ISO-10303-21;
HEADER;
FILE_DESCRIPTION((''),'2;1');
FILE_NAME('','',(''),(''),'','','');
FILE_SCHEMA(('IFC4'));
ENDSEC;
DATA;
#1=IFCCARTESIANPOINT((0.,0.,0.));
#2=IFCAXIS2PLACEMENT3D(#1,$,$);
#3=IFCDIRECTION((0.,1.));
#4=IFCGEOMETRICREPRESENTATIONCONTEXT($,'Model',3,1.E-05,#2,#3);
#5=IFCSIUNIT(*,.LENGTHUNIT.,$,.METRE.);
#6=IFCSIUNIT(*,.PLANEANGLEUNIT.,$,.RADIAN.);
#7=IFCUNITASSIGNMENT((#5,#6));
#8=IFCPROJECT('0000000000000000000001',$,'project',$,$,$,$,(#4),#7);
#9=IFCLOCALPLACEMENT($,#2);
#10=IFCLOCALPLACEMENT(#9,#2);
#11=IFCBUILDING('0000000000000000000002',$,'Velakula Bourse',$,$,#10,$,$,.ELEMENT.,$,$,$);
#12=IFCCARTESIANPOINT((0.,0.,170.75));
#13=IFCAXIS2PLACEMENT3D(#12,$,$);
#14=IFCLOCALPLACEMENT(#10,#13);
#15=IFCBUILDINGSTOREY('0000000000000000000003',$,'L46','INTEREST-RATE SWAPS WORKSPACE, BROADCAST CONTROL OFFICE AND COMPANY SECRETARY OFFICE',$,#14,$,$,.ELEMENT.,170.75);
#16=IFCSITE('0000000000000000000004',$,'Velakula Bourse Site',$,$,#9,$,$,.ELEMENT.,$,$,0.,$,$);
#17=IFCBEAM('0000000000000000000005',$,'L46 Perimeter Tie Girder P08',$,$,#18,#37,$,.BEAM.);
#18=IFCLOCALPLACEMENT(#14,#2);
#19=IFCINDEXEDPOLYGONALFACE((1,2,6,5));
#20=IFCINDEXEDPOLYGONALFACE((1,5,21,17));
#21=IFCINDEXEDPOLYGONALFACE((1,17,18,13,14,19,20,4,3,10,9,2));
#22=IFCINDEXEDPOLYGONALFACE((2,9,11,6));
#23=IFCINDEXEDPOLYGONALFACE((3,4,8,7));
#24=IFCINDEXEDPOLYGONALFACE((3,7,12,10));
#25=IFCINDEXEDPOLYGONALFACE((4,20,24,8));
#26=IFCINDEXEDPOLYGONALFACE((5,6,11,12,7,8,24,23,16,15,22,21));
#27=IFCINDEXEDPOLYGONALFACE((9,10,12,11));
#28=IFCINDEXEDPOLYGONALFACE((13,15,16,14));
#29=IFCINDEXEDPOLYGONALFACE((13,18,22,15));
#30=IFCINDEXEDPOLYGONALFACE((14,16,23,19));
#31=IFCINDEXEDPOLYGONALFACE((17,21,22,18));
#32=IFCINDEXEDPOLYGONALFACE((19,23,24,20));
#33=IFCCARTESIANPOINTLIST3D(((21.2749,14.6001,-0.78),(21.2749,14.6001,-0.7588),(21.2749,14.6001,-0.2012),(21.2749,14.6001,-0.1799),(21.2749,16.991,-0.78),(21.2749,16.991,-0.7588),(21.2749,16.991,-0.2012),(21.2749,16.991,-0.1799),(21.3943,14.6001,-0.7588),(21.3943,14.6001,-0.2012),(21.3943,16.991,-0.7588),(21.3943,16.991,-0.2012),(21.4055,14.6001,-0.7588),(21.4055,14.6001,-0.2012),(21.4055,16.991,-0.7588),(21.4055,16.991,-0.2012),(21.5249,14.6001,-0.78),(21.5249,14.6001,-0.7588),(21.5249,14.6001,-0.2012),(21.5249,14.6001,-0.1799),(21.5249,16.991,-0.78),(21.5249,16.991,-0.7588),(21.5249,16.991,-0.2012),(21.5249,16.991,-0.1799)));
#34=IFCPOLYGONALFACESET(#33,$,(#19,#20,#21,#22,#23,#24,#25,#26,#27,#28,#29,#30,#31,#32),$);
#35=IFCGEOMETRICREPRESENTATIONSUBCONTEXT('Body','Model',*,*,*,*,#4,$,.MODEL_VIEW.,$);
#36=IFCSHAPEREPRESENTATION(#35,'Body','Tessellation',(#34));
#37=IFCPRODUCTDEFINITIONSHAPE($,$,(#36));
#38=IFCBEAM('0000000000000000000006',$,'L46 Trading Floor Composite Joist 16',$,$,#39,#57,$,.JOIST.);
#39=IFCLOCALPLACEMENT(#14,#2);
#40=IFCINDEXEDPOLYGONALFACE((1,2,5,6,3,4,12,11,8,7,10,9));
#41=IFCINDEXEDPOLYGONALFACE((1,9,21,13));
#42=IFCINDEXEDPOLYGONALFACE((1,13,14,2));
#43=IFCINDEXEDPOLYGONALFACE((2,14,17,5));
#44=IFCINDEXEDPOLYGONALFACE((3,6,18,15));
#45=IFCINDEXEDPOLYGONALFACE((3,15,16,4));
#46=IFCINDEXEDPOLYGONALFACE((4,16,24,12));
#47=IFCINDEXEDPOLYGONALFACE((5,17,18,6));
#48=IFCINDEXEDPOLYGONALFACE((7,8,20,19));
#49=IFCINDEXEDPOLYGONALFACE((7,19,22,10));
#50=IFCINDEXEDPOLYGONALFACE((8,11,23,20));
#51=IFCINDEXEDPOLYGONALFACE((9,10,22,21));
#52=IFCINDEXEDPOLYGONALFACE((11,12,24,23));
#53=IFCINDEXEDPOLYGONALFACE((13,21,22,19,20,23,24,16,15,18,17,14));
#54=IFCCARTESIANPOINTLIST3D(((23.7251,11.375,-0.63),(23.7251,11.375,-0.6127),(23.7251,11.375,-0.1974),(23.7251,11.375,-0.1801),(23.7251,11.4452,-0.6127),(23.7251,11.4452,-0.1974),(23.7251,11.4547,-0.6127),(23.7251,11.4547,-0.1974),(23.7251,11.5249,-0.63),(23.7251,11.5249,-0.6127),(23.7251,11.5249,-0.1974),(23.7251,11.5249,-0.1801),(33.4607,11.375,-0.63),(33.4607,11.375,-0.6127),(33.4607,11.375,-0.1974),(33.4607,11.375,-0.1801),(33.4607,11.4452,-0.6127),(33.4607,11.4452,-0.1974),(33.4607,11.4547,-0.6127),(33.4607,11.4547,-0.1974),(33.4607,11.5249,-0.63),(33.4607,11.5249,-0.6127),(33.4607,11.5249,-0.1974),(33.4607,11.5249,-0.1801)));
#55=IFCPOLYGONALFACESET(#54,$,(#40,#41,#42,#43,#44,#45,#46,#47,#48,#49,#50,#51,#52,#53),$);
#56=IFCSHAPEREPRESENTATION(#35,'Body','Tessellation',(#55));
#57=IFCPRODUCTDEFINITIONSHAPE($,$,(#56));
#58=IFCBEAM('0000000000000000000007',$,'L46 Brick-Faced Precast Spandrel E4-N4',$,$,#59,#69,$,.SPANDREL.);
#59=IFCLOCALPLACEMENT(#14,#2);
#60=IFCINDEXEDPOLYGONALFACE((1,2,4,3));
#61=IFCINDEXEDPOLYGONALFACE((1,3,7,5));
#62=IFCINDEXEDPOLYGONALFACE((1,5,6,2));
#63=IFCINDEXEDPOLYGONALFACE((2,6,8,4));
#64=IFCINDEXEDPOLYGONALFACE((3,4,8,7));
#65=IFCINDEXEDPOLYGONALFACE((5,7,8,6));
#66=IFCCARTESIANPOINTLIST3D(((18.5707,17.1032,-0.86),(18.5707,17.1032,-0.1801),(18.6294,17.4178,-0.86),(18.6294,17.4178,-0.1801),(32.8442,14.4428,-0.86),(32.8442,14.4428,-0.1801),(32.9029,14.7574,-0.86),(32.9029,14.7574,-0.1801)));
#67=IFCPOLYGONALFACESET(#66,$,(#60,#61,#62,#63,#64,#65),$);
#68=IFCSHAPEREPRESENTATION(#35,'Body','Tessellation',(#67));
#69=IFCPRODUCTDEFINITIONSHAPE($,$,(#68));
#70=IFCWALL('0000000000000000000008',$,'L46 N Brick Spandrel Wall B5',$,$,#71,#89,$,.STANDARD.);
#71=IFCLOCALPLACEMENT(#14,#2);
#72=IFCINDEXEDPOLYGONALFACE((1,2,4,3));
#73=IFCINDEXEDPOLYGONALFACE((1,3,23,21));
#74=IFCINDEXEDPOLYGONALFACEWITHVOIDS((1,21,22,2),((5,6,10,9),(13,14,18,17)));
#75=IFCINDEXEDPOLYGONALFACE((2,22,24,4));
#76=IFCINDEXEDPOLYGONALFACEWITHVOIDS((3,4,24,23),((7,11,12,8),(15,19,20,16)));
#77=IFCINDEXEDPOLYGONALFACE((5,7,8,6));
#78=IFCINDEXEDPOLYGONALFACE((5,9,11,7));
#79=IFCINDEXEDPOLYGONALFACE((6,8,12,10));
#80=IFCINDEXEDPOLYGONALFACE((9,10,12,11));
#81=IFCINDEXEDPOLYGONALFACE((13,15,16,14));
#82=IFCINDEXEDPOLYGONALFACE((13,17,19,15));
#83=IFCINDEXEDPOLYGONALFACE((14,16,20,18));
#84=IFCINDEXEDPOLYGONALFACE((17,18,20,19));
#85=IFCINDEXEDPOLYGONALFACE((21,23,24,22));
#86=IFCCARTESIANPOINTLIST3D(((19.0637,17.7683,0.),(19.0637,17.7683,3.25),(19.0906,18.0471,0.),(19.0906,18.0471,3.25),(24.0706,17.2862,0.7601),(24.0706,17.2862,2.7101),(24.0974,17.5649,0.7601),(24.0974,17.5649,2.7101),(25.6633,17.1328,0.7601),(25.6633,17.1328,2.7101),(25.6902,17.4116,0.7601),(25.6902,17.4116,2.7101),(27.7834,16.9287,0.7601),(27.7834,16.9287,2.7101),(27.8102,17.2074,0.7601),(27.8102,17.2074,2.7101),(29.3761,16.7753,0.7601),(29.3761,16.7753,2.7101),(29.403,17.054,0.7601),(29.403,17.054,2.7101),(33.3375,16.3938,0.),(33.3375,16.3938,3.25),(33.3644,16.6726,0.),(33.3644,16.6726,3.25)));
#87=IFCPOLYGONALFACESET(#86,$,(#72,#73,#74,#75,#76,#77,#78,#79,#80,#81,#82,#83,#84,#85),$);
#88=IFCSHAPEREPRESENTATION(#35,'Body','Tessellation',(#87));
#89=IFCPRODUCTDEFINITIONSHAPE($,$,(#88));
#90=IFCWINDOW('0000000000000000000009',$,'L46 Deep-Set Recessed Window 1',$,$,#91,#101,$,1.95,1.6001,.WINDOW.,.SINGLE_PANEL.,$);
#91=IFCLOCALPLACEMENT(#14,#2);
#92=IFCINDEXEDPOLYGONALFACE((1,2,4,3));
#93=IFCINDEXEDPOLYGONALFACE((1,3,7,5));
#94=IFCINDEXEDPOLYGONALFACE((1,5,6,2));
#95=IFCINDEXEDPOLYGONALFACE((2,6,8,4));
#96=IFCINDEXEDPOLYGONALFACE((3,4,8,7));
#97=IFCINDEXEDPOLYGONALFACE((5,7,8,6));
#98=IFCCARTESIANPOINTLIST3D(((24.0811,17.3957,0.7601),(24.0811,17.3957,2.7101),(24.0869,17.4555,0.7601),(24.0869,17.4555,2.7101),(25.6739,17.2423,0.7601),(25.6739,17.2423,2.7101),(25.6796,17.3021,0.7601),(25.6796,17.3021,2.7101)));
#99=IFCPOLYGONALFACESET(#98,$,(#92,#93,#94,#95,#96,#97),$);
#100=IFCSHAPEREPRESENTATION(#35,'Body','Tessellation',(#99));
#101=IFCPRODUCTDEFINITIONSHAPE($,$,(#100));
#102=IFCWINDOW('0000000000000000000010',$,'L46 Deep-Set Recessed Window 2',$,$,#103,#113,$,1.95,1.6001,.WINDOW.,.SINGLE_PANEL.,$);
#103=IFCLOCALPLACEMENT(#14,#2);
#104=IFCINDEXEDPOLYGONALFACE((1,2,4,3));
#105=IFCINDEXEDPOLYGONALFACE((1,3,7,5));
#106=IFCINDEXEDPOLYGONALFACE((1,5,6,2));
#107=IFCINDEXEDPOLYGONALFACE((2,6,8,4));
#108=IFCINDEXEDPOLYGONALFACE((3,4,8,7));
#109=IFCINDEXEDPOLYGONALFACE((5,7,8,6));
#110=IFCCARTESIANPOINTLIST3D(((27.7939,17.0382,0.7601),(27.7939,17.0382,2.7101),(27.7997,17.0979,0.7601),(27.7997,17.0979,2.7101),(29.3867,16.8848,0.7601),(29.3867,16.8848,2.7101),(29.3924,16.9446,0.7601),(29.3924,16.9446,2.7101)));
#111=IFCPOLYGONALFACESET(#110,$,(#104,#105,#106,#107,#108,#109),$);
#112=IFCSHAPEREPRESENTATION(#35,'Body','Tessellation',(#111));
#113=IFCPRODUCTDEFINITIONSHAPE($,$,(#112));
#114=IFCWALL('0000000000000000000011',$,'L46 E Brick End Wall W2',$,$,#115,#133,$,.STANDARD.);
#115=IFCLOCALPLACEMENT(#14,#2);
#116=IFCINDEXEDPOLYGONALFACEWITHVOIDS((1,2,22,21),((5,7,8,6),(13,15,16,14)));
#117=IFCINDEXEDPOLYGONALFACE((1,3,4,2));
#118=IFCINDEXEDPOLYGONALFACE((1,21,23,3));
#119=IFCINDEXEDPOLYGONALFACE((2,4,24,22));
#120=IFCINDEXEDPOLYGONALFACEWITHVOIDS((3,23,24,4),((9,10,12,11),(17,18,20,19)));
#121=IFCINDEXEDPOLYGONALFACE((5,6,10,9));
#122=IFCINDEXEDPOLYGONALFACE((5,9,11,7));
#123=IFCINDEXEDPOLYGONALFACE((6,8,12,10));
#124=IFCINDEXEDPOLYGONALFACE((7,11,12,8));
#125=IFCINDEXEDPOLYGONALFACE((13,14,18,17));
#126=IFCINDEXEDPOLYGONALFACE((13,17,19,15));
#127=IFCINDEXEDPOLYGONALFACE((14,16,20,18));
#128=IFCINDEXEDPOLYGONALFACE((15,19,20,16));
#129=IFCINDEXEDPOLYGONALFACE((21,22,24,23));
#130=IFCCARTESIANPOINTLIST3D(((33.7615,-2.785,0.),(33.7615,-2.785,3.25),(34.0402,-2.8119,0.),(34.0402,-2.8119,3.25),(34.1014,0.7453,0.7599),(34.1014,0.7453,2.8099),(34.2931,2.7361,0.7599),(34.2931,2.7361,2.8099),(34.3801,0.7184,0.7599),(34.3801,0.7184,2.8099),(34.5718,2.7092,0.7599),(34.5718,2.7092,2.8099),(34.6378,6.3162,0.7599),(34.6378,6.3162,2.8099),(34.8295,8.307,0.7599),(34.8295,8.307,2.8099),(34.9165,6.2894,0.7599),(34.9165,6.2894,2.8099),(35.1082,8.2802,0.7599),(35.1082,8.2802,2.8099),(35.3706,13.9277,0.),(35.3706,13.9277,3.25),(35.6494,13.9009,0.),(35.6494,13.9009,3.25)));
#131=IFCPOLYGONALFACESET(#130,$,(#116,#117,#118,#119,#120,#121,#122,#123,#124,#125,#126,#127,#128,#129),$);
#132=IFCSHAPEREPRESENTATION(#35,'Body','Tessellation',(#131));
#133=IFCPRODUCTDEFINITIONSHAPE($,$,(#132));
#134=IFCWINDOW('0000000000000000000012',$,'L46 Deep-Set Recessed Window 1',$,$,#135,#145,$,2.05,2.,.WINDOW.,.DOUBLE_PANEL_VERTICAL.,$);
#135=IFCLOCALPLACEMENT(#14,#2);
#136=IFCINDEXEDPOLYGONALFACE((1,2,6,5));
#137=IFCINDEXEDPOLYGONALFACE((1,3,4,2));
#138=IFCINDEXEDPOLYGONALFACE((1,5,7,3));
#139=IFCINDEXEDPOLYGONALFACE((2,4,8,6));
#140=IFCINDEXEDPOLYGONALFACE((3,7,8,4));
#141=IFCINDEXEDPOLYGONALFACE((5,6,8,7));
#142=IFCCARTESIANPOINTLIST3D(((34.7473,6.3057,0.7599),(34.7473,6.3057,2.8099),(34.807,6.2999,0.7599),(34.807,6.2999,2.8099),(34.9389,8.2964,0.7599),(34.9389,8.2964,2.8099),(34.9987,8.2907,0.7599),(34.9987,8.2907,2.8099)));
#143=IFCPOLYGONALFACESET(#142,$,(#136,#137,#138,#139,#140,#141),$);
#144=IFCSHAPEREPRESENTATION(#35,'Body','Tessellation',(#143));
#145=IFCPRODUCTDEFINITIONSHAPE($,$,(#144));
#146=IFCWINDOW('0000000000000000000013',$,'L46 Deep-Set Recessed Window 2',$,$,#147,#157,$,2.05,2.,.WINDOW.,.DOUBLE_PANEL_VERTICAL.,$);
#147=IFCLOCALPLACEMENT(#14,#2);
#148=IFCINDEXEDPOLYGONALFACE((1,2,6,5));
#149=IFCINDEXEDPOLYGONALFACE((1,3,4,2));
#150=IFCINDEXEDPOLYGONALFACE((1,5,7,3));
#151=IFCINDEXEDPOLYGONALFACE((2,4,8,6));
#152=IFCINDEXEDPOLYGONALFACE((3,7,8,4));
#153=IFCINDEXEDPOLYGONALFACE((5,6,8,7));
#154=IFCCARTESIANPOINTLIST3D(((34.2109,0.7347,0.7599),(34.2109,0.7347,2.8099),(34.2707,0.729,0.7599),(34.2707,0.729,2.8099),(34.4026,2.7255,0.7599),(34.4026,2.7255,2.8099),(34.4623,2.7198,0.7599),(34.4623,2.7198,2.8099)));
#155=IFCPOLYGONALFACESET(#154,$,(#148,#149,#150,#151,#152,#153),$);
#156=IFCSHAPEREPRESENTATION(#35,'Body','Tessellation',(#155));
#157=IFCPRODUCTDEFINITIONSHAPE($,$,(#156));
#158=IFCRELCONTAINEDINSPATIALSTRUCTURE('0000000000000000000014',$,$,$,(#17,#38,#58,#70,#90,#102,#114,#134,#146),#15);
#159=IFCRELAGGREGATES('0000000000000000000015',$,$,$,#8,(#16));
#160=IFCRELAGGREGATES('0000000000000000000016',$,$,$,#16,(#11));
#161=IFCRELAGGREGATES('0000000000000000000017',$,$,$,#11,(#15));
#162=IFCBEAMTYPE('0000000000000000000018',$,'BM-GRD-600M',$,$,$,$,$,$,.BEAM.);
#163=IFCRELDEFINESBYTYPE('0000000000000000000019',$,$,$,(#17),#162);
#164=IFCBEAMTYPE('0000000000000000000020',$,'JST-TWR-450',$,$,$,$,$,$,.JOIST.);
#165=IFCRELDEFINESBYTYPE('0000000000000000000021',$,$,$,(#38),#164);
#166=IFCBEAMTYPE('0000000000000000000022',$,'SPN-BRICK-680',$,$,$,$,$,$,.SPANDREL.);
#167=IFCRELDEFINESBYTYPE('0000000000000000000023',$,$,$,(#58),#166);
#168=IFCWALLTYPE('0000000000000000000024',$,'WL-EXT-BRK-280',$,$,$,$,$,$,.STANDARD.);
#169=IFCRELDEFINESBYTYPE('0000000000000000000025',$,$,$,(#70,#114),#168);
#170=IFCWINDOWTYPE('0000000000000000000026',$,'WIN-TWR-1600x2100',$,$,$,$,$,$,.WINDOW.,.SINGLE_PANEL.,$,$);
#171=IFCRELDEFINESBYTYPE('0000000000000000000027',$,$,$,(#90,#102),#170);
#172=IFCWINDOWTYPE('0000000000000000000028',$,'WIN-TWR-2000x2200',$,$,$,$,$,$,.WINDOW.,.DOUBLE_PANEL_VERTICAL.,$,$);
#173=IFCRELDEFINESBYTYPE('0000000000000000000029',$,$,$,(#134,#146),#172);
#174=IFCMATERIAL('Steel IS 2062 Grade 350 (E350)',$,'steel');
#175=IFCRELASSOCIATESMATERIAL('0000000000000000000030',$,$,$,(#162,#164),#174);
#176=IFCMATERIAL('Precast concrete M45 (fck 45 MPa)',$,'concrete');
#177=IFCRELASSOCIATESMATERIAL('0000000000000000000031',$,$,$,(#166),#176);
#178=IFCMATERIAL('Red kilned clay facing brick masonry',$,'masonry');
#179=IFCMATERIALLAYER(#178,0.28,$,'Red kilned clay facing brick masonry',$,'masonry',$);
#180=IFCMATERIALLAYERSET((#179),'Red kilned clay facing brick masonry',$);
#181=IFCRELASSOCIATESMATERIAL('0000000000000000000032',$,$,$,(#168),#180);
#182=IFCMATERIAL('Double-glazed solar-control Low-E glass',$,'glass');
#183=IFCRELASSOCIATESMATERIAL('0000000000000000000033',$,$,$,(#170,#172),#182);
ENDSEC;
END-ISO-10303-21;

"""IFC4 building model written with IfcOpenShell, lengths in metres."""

from ifc_helpers import new_model, si_unit, direction, frame, frame_2d, origin, origin_2d, place, context, subcontext, project, spatial, rectangle, i_section, extrude, material, layer, layer_set, material_profile, profile_set, type_object, element, fill, save


model = new_model("IFC4")

# Units and contexts
model_context = context("Model", 3, precision=1e-05, world=origin(), true_north=direction((0.0, 1.0)))
body_context = subcontext(model_context, "Body", "Model", "MODEL_VIEW")
ifc_project = project(units=[si_unit("LENGTHUNIT", "METRE"), si_unit("PLANEANGLEUNIT", "RADIAN")], contexts=[model_context])

# Site, building, storey
site_placement = place(None, origin())
site = spatial("IfcSite", under=ifc_project, at=site_placement, Name="Velakula Bourse Site", CompositionType="ELEMENT", RefElevation=0.0)
building_placement = place(site_placement, origin())
building = spatial("IfcBuilding", under=site, at=building_placement, Name="Velakula Bourse", CompositionType="ELEMENT")
storey_placement = place(building_placement, frame((0.0, 0.0, 170.75)))
storey = spatial("IfcBuildingStorey", under=building, at=storey_placement, Name="L46", Description="INTEREST-RATE SWAPS WORKSPACE, BROADCAST CONTROL OFFICE AND COMPANY SECRETARY OFFICE", CompositionType="ELEMENT", Elevation=170.75)

# Shared definitions
ifc_material_1 = material(Name="Steel IS 2062 Grade 350 (E350)", Category="steel")
ifc_material_2 = material(Name="Precast concrete M45 (fck 45 MPa)", Category="concrete")

# Beams
ifc_material_profile_1 = material_profile(ifc_material_1, i_section(OverallWidth=0.25, OverallDepth=0.6001, WebThickness=0.0112, FlangeThickness=0.0212, at=origin_2d()), Name="Steel IS 2062 Grade 350 (E350)")
ifc_profile_set_1 = profile_set([ifc_material_profile_1], Name="Steel IS 2062 Grade 350 (E350)")
beam_type_1 = type_object("IfcBeamType", Name="BM-GRD-600M", PredefinedType="BEAM", material=ifc_profile_set_1)
beam_1_placement = place(storey_placement, frame((21.3999, 14.6001, -0.48), z_axis=(0.0, 1.0, 0.0), x_axis=(-1.0, 0.0, 0.0)))
element("IfcBeam", 1, at=beam_1_placement, inside=storey, type_object=beam_type_1, Name="L46 Perimeter Tie Girder P08", PredefinedType="BEAM", context=body_context, shape_type="SweptSolid", body=[
    extrude(i_section(OverallWidth=0.25, OverallDepth=0.6001, WebThickness=0.0112, FlangeThickness=0.0212, at=origin_2d()), origin(), (0.0, 0.0, 1.0), 2.3909),
])
ifc_material_profile_2 = material_profile(ifc_material_1, i_section(OverallWidth=0.1499, OverallDepth=0.45, WebThickness=0.0095, FlangeThickness=0.0173, at=origin_2d()), Name="Steel IS 2062 Grade 350 (E350)")
ifc_profile_set_2 = profile_set([ifc_material_profile_2], Name="Steel IS 2062 Grade 350 (E350)")
beam_type_2 = type_object("IfcBeamType", Name="JST-TWR-450", PredefinedType="JOIST", material=ifc_profile_set_2)
beam_2_placement = place(storey_placement, frame((23.7251, 11.45, -0.405), z_axis=(1.0, 0.0, 0.0), x_axis=(0.0, 1.0, 0.0)))
element("IfcBeam", 2, at=beam_2_placement, inside=storey, type_object=beam_type_2, Name="L46 Trading Floor Composite Joist 16", PredefinedType="JOIST", context=body_context, shape_type="SweptSolid", body=[
    extrude(i_section(OverallWidth=0.1499, OverallDepth=0.45, WebThickness=0.0095, FlangeThickness=0.0173, at=origin_2d()), origin(), (0.0, 0.0, 1.0), 9.7356),
])
ifc_material_profile_3 = material_profile(ifc_material_2, rectangle(XDim=0.3201, YDim=0.6799, at=origin_2d()), Name="Precast concrete M45 (fck 45 MPa)")
ifc_profile_set_3 = profile_set([ifc_material_profile_3], Name="Precast concrete M45 (fck 45 MPa)")
beam_type_3 = type_object("IfcBeamType", Name="SPN-BRICK-680", PredefinedType="SPANDREL", material=ifc_profile_set_3)
beam_3_placement = place(storey_placement, frame((32.8735, 14.6001, -0.52), z_axis=(-0.98307, 0.183233, 0.0), x_axis=(-0.183233, -0.98307, 0.0)))
element("IfcBeam", 3, at=beam_3_placement, inside=storey, type_object=beam_type_3, Name="L46 Brick-Faced Precast Spandrel E4-N4", PredefinedType="SPANDREL", context=body_context, shape_type="SweptSolid", body=[
    extrude(rectangle(XDim=0.3201, YDim=0.6799, at=origin_2d()), origin(), (0.0, 0.0, 1.0), 14.5193),
])

# Walls, openings, windows
ifc_material_3 = material(Name="Red kilned clay facing brick masonry", Category="masonry")
ifc_layer = layer(ifc_material_3, 0.28, Name="Red kilned clay facing brick masonry", Category="masonry")
ifc_layer_set = layer_set([ifc_layer], Name="Red kilned clay facing brick masonry")
wall_type = type_object("IfcWallType", Name="WL-EXT-BRK-280", PredefinedType="STANDARD", material=ifc_layer_set)
wall_1_placement = place(storey_placement, frame((19.0771, 17.9077, 0.0), z_axis=(0.0, 0.0, 1.0), x_axis=(0.995396, -0.095852, 0.0)))
wall_1 = element("IfcWall", 4, at=wall_1_placement, inside=storey, type_object=wall_type, Name="L46 N Brick Spandrel Wall B5", PredefinedType="STANDARD", context=body_context, shape_type="SweptSolid", body=[
    extrude(rectangle(XDim=14.3398, YDim=0.28, at=frame_2d((7.1699, 0.0))), origin(), (0.0, 0.0, 1.0), 3.25),
])
opening_1_placement = place(wall_1_placement, frame((5.03, 0.0, 0.76)))
opening_1 = element("IfcOpeningElement", 5, at=opening_1_placement, cuts=wall_1, PredefinedType="OPENING", context=body_context, shape_type="SweptSolid", body=[
    extrude(rectangle(XDim=1.6001, YDim=1.95, at=frame_2d((0.8, 0.9751))), frame((0.0, 0.1499, 0.0), z_axis=(0.0, -1.0, 0.0), x_axis=(1.0, 0.0, 0.0)), (0.0, 0.0, 1.0), 0.3),
])
opening_2_placement = place(wall_1_placement, frame((8.76, 0.0, 0.76)))
opening_2 = element("IfcOpeningElement", 6, at=opening_2_placement, cuts=wall_1, PredefinedType="OPENING", context=body_context, shape_type="SweptSolid", body=[
    extrude(rectangle(XDim=1.6001, YDim=1.95, at=frame_2d((0.8, 0.9751))), frame((0.0, 0.1499, 0.0), z_axis=(0.0, -1.0, 0.0), x_axis=(1.0, 0.0, 0.0)), (0.0, 0.0, 1.0), 0.3),
])
ifc_material_4 = material(Name="Double-glazed solar-control Low-E glass", Category="glass")
window_type_1 = type_object("IfcWindowType", Name="WIN-TWR-1600x2100", PartitioningType="SINGLE_PANEL", PredefinedType="WINDOW", material=ifc_material_4)
window_1_placement = place(opening_1_placement, origin())
window_1 = element("IfcWindow", 7, at=window_1_placement, inside=storey, type_object=window_type_1, Name="L46 Deep-Set Recessed Window 1", OverallHeight=1.95, OverallWidth=1.6001, PartitioningType="SINGLE_PANEL", PredefinedType="WINDOW", context=body_context, shape_type="SweptSolid", body=[
    extrude(rectangle(XDim=1.6001, YDim=1.95, at=frame_2d((0.8, 0.9751))), frame((0.0, 0.03, 0.0), z_axis=(0.0, -1.0, 0.0), x_axis=(1.0, 0.0, 0.0)), (0.0, 0.0, 1.0), 0.0601),
])
fill(opening_1, window_1)
window_2_placement = place(opening_2_placement, origin())
window_2 = element("IfcWindow", 8, at=window_2_placement, inside=storey, type_object=window_type_1, Name="L46 Deep-Set Recessed Window 2", OverallHeight=1.95, OverallWidth=1.6001, PartitioningType="SINGLE_PANEL", PredefinedType="WINDOW", context=body_context, shape_type="SweptSolid", body=[
    extrude(rectangle(XDim=1.6001, YDim=1.95, at=frame_2d((0.8, 0.9751))), frame((0.0, 0.03, 0.0), z_axis=(0.0, -1.0, 0.0), x_axis=(1.0, 0.0, 0.0)), (0.0, 0.0, 1.0), 0.0601),
])
fill(opening_2, window_2)
wall_2_placement = place(storey_placement, frame((35.51, 13.9143, 0.0), z_axis=(0.0, 0.0, 1.0), x_axis=(-0.095839, -0.995397, 0.0)))
wall_2 = element("IfcWall", 9, at=wall_2_placement, inside=storey, type_object=wall_type, Name="L46 E Brick End Wall W2", PredefinedType="STANDARD", context=body_context, shape_type="SweptSolid", body=[
    extrude(rectangle(XDim=16.79, YDim=0.28, at=frame_2d((8.395, 0.0))), origin(), (0.0, 0.0, 1.0), 3.25),
])
opening_3_placement = place(wall_2_placement, frame((5.6467, 0.0, 0.76)))
opening_3 = element("IfcOpeningElement", 10, at=opening_3_placement, cuts=wall_2, PredefinedType="OPENING", context=body_context, shape_type="SweptSolid", body=[
    extrude(rectangle(XDim=2.0, YDim=2.05, at=frame_2d((1.0, 1.0249))), frame((0.0, 0.1499, 0.0), z_axis=(0.0, -1.0, 0.0), x_axis=(1.0, 0.0, 0.0)), (0.0, 0.0, 1.0), 0.3),
])
opening_4_placement = place(wall_2_placement, frame((11.2434, 0.0, 0.76)))
opening_4 = element("IfcOpeningElement", 11, at=opening_4_placement, cuts=wall_2, PredefinedType="OPENING", context=body_context, shape_type="SweptSolid", body=[
    extrude(rectangle(XDim=2.0, YDim=2.05, at=frame_2d((1.0, 1.0249))), frame((0.0, 0.1499, 0.0), z_axis=(0.0, -1.0, 0.0), x_axis=(1.0, 0.0, 0.0)), (0.0, 0.0, 1.0), 0.3),
])
window_type_2 = type_object("IfcWindowType", Name="WIN-TWR-2000x2200", PartitioningType="DOUBLE_PANEL_VERTICAL", PredefinedType="WINDOW", material=ifc_material_4)
window_3_placement = place(opening_3_placement, origin())
window_3 = element("IfcWindow", 12, at=window_3_placement, inside=storey, type_object=window_type_2, Name="L46 Deep-Set Recessed Window 1", OverallHeight=2.05, OverallWidth=2.0, PartitioningType="DOUBLE_PANEL_VERTICAL", PredefinedType="WINDOW", context=body_context, shape_type="SweptSolid", body=[
    extrude(rectangle(XDim=2.0, YDim=2.05, at=frame_2d((1.0, 1.0249))), frame((0.0, 0.03, 0.0), z_axis=(0.0, -1.0, 0.0), x_axis=(1.0, 0.0, 0.0)), (0.0, 0.0, 1.0), 0.0601),
])
fill(opening_3, window_3)
window_4_placement = place(opening_4_placement, origin())
window_4 = element("IfcWindow", 13, at=window_4_placement, inside=storey, type_object=window_type_2, Name="L46 Deep-Set Recessed Window 2", OverallHeight=2.05, OverallWidth=2.0, PartitioningType="DOUBLE_PANEL_VERTICAL", PredefinedType="WINDOW", context=body_context, shape_type="SweptSolid", body=[
    extrude(rectangle(XDim=2.0, YDim=2.05, at=frame_2d((1.0, 1.0249))), frame((0.0, 0.03, 0.0), z_axis=(0.0, -1.0, 0.0), x_axis=(1.0, 0.0, 0.0)), (0.0, 0.0, 1.0), 0.0601),
])
fill(opening_4, window_4)

save(model, "model.ifc")
